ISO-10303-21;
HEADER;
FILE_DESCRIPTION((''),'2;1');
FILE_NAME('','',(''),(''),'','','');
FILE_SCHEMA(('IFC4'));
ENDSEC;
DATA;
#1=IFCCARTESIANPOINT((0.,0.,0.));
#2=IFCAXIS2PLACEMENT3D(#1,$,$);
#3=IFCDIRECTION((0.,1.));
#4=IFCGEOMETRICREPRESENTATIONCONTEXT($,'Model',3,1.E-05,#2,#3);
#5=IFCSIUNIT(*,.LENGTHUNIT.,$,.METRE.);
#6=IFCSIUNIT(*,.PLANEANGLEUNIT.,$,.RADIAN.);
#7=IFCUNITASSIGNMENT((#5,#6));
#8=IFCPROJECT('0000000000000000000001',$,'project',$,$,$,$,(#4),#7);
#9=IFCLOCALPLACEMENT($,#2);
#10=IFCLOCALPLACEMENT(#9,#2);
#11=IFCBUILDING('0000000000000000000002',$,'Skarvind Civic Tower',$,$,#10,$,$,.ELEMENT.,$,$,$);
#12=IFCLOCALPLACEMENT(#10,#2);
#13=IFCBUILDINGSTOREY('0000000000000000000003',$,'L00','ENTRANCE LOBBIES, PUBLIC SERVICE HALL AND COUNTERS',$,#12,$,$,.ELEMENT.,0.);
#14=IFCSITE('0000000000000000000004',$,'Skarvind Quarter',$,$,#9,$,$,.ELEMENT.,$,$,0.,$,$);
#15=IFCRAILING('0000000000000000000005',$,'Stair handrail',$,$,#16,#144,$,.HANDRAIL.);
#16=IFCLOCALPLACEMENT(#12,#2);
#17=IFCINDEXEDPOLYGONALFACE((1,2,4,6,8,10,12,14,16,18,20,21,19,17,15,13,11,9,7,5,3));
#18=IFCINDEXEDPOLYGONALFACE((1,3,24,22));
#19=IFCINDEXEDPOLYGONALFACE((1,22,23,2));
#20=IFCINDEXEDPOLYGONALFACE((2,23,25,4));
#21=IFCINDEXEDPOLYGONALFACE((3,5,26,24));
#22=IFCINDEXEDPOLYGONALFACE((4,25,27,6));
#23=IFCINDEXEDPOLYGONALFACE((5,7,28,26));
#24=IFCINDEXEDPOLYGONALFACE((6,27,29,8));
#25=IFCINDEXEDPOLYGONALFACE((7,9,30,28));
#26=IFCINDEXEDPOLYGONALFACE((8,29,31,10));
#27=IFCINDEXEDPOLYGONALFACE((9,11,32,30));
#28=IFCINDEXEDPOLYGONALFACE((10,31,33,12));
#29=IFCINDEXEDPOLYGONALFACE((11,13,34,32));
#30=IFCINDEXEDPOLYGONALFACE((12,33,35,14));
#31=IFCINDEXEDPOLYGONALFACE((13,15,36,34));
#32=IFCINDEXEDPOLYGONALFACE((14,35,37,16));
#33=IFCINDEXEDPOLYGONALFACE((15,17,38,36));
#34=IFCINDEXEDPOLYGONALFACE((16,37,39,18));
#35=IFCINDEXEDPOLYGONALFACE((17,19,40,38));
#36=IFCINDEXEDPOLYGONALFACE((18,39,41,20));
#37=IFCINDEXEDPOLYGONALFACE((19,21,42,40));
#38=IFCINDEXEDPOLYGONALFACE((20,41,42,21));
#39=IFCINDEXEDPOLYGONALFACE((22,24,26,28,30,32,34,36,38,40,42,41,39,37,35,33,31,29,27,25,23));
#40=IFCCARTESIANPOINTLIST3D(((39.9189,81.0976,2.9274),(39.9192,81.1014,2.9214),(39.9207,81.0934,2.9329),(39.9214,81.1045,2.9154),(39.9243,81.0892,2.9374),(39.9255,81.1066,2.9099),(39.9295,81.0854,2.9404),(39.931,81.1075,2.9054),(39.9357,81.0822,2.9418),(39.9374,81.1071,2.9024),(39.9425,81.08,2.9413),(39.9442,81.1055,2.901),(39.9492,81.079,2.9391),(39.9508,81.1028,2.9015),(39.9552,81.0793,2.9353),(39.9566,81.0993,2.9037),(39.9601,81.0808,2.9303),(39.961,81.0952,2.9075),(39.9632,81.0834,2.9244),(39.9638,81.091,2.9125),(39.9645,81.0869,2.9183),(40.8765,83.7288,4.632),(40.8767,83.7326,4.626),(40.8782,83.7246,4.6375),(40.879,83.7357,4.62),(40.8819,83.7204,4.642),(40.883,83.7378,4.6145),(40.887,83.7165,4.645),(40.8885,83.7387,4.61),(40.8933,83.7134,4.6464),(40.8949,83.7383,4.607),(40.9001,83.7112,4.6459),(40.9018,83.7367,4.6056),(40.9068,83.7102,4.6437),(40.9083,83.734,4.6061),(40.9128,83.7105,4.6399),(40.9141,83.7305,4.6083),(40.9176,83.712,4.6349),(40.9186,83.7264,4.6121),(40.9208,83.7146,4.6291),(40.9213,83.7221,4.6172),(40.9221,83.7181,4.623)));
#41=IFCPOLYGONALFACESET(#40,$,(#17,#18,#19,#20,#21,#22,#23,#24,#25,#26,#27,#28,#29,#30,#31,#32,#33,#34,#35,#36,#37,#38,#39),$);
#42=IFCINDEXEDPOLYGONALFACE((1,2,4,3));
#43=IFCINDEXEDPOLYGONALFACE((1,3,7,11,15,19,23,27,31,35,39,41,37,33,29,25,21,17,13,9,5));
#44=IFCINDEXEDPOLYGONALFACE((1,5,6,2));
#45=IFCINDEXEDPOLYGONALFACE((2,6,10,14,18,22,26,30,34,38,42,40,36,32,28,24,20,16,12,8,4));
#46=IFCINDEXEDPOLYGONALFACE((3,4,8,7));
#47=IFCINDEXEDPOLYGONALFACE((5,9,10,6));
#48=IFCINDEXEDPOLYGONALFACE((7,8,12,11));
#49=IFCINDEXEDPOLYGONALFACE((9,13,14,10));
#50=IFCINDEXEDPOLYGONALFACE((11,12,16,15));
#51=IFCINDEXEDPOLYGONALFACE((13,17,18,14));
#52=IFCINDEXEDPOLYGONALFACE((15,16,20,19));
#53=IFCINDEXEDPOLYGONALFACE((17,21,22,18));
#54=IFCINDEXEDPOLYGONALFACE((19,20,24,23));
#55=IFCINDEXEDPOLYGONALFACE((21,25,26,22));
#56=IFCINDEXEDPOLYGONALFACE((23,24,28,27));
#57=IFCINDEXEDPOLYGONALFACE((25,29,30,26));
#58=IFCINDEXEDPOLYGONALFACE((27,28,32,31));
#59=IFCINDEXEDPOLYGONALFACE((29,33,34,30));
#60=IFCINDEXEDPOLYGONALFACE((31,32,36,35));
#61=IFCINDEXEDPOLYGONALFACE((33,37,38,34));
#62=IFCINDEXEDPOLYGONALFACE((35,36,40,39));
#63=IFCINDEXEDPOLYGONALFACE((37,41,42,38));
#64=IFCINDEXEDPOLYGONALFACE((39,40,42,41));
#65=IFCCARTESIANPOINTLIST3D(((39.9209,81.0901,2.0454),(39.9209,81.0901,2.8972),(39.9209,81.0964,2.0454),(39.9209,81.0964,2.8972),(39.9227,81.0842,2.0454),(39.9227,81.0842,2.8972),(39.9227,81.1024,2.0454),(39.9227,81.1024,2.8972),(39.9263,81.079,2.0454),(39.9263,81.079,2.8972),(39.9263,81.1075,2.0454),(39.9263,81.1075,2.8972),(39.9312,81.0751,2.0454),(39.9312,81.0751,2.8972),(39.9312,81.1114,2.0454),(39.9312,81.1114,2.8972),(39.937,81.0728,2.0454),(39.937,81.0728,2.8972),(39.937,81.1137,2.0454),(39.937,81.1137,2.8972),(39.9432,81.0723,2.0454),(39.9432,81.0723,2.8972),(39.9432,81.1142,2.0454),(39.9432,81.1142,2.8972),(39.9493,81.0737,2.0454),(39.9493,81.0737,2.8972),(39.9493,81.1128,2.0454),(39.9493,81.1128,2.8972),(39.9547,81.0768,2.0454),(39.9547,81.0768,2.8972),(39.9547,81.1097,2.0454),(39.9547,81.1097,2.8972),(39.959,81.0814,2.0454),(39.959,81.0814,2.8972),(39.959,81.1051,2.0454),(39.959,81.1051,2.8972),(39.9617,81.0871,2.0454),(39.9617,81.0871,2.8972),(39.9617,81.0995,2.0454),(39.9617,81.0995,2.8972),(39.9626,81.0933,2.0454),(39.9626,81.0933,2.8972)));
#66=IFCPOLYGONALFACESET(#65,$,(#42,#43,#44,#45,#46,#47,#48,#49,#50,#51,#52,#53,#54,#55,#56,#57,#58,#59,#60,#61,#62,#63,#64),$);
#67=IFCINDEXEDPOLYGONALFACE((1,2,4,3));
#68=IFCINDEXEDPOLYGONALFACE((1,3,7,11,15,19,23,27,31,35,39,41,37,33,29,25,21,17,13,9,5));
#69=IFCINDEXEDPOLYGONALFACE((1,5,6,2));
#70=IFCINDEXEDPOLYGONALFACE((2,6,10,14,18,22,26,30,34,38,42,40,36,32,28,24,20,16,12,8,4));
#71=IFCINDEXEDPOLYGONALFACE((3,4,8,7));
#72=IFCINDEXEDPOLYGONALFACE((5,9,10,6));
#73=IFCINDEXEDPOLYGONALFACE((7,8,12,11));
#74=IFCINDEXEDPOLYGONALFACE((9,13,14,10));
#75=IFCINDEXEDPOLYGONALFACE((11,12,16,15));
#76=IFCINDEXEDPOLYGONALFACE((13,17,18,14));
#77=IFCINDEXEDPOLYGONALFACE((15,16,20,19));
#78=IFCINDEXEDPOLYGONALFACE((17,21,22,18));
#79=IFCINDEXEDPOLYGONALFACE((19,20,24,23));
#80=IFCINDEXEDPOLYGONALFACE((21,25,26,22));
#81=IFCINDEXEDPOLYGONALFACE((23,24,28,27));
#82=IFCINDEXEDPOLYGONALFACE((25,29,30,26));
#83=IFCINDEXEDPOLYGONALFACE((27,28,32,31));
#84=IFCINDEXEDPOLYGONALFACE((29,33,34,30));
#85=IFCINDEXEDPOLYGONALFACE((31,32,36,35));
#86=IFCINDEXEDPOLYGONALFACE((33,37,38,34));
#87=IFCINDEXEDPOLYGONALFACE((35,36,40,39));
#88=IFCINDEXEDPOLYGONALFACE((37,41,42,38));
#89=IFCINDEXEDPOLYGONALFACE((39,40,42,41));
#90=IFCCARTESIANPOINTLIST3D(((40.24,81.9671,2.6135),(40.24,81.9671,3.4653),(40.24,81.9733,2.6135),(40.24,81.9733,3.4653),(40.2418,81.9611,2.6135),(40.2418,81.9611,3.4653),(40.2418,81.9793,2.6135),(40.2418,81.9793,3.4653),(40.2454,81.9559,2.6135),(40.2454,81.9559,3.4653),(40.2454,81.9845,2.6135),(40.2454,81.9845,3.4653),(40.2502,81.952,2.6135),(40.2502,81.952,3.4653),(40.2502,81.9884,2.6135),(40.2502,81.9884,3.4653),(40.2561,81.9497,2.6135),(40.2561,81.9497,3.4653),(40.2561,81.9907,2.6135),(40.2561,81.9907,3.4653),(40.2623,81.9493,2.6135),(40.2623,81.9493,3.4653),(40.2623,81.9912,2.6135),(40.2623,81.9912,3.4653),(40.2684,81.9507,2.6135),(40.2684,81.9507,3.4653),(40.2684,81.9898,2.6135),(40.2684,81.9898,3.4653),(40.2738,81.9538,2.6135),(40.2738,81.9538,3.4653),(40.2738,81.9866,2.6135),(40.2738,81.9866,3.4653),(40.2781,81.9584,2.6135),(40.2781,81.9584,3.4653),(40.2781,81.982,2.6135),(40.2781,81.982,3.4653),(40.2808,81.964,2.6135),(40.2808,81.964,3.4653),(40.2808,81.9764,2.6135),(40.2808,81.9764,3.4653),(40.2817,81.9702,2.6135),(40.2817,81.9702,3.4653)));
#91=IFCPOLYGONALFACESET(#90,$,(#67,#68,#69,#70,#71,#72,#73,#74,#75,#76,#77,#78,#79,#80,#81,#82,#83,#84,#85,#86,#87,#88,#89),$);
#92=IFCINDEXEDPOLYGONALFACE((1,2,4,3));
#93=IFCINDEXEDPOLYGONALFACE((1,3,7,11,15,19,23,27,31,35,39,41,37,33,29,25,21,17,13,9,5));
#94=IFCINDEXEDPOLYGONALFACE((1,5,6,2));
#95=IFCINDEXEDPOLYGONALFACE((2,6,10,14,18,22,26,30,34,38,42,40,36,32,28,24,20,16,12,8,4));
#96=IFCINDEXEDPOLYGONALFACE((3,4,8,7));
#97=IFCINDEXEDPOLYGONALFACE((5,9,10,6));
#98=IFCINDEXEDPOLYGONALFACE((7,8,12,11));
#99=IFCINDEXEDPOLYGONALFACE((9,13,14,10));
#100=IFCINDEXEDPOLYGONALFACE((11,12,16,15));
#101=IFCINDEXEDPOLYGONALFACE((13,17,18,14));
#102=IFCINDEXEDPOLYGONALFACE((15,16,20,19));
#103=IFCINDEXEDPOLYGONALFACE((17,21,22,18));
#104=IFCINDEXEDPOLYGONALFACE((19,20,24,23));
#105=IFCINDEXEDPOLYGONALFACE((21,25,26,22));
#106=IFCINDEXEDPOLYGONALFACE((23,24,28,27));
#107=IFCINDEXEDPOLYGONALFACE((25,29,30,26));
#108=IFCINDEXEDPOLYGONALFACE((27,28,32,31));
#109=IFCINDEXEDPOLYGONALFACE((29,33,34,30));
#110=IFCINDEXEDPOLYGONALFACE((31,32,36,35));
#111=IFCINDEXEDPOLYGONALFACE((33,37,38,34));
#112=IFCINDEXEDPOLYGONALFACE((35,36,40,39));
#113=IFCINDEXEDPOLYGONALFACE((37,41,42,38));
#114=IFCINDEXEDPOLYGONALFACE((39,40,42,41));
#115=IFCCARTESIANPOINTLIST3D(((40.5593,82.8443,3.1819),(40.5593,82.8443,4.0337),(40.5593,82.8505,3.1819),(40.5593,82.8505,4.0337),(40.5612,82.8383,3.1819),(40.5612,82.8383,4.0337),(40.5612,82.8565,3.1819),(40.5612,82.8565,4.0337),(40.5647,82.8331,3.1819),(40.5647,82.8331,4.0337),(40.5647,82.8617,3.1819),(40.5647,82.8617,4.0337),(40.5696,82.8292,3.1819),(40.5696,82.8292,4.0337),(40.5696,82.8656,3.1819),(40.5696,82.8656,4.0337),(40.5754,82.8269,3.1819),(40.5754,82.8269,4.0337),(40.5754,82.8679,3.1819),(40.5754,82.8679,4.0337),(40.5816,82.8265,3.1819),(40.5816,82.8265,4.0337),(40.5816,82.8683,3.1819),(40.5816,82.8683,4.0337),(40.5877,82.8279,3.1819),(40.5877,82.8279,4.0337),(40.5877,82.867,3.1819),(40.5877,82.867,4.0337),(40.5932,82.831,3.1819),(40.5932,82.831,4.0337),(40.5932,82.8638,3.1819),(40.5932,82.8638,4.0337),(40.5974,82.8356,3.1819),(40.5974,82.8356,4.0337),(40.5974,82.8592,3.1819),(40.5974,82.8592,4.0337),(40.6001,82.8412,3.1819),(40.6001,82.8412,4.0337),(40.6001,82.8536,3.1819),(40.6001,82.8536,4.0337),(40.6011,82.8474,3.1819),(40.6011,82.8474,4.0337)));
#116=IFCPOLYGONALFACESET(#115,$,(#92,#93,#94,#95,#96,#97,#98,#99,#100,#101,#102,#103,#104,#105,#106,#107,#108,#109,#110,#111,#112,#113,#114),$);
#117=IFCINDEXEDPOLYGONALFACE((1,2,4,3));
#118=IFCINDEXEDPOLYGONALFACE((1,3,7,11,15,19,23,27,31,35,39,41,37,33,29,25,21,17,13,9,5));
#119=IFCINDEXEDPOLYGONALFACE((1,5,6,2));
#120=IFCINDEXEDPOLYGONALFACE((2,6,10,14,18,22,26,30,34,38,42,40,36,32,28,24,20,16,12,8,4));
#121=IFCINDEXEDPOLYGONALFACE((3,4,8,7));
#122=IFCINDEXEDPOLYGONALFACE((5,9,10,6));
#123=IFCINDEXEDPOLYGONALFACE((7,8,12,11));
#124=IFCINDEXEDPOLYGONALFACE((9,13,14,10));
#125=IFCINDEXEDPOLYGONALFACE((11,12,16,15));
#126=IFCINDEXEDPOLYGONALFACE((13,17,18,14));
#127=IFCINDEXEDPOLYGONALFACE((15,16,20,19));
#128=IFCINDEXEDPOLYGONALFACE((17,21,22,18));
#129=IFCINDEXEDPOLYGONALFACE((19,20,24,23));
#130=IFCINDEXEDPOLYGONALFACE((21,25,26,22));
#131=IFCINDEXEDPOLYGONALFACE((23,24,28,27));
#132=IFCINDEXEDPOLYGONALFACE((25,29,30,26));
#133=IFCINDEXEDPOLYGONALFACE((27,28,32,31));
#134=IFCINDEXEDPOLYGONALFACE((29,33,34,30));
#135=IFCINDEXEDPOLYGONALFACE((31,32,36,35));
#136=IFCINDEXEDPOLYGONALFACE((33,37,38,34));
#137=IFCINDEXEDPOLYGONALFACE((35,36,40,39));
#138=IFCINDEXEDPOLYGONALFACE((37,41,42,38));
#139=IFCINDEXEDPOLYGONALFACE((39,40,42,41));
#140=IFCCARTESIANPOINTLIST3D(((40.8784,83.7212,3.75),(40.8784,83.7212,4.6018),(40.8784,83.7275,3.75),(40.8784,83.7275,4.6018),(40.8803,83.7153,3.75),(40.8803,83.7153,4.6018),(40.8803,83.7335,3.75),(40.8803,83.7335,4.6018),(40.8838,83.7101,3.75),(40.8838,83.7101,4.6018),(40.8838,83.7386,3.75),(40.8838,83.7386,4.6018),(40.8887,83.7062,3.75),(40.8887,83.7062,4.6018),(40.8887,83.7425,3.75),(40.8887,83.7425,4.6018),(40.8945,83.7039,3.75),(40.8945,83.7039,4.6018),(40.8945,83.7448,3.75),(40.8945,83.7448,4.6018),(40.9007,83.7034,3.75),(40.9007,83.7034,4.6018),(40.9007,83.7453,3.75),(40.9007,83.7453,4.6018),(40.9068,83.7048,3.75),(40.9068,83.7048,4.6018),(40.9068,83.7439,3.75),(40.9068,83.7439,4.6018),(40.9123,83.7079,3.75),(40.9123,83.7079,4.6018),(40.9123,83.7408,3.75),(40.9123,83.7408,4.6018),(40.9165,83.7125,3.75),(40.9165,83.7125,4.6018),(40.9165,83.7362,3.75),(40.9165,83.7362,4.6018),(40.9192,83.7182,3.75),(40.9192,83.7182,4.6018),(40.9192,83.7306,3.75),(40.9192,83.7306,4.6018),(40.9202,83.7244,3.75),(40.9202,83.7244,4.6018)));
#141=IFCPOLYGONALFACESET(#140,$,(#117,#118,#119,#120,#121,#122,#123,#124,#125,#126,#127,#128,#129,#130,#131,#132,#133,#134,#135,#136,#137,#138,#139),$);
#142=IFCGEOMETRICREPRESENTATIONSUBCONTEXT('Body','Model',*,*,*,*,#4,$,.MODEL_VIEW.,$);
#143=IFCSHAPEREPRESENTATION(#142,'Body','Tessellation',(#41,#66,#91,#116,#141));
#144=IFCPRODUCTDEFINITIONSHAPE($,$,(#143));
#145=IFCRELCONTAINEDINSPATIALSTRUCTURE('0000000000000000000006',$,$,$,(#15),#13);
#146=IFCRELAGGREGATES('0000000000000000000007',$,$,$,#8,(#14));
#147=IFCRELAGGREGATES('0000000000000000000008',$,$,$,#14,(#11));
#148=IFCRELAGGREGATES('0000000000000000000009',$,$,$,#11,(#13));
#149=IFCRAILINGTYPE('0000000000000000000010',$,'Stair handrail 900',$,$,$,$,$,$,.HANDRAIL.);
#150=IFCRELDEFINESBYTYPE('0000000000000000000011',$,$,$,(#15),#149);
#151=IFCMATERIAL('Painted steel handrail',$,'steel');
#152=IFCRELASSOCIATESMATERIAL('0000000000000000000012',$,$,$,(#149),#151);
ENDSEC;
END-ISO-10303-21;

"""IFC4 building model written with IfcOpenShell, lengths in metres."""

from ifc_helpers import new_model, si_unit, direction, frame, origin, origin_2d, place, context, subcontext, project, spatial, circle, extrude, material, type_object, element, save


model = new_model("IFC4")

# Units and contexts
model_context = context("Model", 3, precision=1e-05, world=origin(), true_north=direction((0.0, 1.0)))
body_context = subcontext(model_context, "Body", "Model", "MODEL_VIEW")
ifc_project = project(units=[si_unit("LENGTHUNIT", "METRE"), si_unit("PLANEANGLEUNIT", "RADIAN")], contexts=[model_context])

# Site, building, storey
site_placement = place(None, origin())
site = spatial("IfcSite", under=ifc_project, at=site_placement, Name="Skarvind Quarter", CompositionType="ELEMENT", RefElevation=0.0)
building_placement = place(site_placement, origin())
building = spatial("IfcBuilding", under=site, at=building_placement, Name="Skarvind Civic Tower", CompositionType="ELEMENT")
storey_placement = place(building_placement, origin())
storey = spatial("IfcBuildingStorey", under=building, at=storey_placement, Name="L00", Description="ENTRANCE LOBBIES, PUBLIC SERVICE HALL AND COUNTERS", CompositionType="ELEMENT", Elevation=0.0)

# Railing
ifc_material_1 = material(Name="Painted steel handrail", Category="steel")
railing_type = type_object("IfcRailingType", Name="Stair handrail 900", PredefinedType="HANDRAIL", material=ifc_material_1)
railing_1_placement = place(storey_placement, frame((39.9417, 81.0933, 2.0454)))
element("IfcRailing", 1, at=railing_1_placement, inside=storey, type_object=railing_type, Name="Stair handrail", PredefinedType="HANDRAIL", context=body_context, shape_type="SweptSolid", body=[
    extrude(circle(Radius=0.0239, at=origin_2d()), frame((0.0, 0.0, 0.876), z_axis=(0.292106, 0.802659, 0.520012), x_axis=(-0.939707, 0.341981, 0.0)), (0.0, 0.0, 1.0), 3.2781),
    extrude(circle(Radius=0.021, at=origin_2d()), origin(), (0.0, 0.0, 1.0), 0.8518),
    extrude(circle(Radius=0.021, at=origin_2d()), frame((0.3191, 0.877, 0.5681)), (0.0, 0.0, 1.0), 0.8518),
    extrude(circle(Radius=0.021, at=origin_2d()), frame((0.6384, 1.7542, 1.1365)), (0.0, 0.0, 1.0), 0.8518),
    extrude(circle(Radius=0.021, at=origin_2d()), frame((0.9575, 2.6311, 1.7046)), (0.0, 0.0, 1.0), 0.8518),
])

save(model, "model.ifc")
